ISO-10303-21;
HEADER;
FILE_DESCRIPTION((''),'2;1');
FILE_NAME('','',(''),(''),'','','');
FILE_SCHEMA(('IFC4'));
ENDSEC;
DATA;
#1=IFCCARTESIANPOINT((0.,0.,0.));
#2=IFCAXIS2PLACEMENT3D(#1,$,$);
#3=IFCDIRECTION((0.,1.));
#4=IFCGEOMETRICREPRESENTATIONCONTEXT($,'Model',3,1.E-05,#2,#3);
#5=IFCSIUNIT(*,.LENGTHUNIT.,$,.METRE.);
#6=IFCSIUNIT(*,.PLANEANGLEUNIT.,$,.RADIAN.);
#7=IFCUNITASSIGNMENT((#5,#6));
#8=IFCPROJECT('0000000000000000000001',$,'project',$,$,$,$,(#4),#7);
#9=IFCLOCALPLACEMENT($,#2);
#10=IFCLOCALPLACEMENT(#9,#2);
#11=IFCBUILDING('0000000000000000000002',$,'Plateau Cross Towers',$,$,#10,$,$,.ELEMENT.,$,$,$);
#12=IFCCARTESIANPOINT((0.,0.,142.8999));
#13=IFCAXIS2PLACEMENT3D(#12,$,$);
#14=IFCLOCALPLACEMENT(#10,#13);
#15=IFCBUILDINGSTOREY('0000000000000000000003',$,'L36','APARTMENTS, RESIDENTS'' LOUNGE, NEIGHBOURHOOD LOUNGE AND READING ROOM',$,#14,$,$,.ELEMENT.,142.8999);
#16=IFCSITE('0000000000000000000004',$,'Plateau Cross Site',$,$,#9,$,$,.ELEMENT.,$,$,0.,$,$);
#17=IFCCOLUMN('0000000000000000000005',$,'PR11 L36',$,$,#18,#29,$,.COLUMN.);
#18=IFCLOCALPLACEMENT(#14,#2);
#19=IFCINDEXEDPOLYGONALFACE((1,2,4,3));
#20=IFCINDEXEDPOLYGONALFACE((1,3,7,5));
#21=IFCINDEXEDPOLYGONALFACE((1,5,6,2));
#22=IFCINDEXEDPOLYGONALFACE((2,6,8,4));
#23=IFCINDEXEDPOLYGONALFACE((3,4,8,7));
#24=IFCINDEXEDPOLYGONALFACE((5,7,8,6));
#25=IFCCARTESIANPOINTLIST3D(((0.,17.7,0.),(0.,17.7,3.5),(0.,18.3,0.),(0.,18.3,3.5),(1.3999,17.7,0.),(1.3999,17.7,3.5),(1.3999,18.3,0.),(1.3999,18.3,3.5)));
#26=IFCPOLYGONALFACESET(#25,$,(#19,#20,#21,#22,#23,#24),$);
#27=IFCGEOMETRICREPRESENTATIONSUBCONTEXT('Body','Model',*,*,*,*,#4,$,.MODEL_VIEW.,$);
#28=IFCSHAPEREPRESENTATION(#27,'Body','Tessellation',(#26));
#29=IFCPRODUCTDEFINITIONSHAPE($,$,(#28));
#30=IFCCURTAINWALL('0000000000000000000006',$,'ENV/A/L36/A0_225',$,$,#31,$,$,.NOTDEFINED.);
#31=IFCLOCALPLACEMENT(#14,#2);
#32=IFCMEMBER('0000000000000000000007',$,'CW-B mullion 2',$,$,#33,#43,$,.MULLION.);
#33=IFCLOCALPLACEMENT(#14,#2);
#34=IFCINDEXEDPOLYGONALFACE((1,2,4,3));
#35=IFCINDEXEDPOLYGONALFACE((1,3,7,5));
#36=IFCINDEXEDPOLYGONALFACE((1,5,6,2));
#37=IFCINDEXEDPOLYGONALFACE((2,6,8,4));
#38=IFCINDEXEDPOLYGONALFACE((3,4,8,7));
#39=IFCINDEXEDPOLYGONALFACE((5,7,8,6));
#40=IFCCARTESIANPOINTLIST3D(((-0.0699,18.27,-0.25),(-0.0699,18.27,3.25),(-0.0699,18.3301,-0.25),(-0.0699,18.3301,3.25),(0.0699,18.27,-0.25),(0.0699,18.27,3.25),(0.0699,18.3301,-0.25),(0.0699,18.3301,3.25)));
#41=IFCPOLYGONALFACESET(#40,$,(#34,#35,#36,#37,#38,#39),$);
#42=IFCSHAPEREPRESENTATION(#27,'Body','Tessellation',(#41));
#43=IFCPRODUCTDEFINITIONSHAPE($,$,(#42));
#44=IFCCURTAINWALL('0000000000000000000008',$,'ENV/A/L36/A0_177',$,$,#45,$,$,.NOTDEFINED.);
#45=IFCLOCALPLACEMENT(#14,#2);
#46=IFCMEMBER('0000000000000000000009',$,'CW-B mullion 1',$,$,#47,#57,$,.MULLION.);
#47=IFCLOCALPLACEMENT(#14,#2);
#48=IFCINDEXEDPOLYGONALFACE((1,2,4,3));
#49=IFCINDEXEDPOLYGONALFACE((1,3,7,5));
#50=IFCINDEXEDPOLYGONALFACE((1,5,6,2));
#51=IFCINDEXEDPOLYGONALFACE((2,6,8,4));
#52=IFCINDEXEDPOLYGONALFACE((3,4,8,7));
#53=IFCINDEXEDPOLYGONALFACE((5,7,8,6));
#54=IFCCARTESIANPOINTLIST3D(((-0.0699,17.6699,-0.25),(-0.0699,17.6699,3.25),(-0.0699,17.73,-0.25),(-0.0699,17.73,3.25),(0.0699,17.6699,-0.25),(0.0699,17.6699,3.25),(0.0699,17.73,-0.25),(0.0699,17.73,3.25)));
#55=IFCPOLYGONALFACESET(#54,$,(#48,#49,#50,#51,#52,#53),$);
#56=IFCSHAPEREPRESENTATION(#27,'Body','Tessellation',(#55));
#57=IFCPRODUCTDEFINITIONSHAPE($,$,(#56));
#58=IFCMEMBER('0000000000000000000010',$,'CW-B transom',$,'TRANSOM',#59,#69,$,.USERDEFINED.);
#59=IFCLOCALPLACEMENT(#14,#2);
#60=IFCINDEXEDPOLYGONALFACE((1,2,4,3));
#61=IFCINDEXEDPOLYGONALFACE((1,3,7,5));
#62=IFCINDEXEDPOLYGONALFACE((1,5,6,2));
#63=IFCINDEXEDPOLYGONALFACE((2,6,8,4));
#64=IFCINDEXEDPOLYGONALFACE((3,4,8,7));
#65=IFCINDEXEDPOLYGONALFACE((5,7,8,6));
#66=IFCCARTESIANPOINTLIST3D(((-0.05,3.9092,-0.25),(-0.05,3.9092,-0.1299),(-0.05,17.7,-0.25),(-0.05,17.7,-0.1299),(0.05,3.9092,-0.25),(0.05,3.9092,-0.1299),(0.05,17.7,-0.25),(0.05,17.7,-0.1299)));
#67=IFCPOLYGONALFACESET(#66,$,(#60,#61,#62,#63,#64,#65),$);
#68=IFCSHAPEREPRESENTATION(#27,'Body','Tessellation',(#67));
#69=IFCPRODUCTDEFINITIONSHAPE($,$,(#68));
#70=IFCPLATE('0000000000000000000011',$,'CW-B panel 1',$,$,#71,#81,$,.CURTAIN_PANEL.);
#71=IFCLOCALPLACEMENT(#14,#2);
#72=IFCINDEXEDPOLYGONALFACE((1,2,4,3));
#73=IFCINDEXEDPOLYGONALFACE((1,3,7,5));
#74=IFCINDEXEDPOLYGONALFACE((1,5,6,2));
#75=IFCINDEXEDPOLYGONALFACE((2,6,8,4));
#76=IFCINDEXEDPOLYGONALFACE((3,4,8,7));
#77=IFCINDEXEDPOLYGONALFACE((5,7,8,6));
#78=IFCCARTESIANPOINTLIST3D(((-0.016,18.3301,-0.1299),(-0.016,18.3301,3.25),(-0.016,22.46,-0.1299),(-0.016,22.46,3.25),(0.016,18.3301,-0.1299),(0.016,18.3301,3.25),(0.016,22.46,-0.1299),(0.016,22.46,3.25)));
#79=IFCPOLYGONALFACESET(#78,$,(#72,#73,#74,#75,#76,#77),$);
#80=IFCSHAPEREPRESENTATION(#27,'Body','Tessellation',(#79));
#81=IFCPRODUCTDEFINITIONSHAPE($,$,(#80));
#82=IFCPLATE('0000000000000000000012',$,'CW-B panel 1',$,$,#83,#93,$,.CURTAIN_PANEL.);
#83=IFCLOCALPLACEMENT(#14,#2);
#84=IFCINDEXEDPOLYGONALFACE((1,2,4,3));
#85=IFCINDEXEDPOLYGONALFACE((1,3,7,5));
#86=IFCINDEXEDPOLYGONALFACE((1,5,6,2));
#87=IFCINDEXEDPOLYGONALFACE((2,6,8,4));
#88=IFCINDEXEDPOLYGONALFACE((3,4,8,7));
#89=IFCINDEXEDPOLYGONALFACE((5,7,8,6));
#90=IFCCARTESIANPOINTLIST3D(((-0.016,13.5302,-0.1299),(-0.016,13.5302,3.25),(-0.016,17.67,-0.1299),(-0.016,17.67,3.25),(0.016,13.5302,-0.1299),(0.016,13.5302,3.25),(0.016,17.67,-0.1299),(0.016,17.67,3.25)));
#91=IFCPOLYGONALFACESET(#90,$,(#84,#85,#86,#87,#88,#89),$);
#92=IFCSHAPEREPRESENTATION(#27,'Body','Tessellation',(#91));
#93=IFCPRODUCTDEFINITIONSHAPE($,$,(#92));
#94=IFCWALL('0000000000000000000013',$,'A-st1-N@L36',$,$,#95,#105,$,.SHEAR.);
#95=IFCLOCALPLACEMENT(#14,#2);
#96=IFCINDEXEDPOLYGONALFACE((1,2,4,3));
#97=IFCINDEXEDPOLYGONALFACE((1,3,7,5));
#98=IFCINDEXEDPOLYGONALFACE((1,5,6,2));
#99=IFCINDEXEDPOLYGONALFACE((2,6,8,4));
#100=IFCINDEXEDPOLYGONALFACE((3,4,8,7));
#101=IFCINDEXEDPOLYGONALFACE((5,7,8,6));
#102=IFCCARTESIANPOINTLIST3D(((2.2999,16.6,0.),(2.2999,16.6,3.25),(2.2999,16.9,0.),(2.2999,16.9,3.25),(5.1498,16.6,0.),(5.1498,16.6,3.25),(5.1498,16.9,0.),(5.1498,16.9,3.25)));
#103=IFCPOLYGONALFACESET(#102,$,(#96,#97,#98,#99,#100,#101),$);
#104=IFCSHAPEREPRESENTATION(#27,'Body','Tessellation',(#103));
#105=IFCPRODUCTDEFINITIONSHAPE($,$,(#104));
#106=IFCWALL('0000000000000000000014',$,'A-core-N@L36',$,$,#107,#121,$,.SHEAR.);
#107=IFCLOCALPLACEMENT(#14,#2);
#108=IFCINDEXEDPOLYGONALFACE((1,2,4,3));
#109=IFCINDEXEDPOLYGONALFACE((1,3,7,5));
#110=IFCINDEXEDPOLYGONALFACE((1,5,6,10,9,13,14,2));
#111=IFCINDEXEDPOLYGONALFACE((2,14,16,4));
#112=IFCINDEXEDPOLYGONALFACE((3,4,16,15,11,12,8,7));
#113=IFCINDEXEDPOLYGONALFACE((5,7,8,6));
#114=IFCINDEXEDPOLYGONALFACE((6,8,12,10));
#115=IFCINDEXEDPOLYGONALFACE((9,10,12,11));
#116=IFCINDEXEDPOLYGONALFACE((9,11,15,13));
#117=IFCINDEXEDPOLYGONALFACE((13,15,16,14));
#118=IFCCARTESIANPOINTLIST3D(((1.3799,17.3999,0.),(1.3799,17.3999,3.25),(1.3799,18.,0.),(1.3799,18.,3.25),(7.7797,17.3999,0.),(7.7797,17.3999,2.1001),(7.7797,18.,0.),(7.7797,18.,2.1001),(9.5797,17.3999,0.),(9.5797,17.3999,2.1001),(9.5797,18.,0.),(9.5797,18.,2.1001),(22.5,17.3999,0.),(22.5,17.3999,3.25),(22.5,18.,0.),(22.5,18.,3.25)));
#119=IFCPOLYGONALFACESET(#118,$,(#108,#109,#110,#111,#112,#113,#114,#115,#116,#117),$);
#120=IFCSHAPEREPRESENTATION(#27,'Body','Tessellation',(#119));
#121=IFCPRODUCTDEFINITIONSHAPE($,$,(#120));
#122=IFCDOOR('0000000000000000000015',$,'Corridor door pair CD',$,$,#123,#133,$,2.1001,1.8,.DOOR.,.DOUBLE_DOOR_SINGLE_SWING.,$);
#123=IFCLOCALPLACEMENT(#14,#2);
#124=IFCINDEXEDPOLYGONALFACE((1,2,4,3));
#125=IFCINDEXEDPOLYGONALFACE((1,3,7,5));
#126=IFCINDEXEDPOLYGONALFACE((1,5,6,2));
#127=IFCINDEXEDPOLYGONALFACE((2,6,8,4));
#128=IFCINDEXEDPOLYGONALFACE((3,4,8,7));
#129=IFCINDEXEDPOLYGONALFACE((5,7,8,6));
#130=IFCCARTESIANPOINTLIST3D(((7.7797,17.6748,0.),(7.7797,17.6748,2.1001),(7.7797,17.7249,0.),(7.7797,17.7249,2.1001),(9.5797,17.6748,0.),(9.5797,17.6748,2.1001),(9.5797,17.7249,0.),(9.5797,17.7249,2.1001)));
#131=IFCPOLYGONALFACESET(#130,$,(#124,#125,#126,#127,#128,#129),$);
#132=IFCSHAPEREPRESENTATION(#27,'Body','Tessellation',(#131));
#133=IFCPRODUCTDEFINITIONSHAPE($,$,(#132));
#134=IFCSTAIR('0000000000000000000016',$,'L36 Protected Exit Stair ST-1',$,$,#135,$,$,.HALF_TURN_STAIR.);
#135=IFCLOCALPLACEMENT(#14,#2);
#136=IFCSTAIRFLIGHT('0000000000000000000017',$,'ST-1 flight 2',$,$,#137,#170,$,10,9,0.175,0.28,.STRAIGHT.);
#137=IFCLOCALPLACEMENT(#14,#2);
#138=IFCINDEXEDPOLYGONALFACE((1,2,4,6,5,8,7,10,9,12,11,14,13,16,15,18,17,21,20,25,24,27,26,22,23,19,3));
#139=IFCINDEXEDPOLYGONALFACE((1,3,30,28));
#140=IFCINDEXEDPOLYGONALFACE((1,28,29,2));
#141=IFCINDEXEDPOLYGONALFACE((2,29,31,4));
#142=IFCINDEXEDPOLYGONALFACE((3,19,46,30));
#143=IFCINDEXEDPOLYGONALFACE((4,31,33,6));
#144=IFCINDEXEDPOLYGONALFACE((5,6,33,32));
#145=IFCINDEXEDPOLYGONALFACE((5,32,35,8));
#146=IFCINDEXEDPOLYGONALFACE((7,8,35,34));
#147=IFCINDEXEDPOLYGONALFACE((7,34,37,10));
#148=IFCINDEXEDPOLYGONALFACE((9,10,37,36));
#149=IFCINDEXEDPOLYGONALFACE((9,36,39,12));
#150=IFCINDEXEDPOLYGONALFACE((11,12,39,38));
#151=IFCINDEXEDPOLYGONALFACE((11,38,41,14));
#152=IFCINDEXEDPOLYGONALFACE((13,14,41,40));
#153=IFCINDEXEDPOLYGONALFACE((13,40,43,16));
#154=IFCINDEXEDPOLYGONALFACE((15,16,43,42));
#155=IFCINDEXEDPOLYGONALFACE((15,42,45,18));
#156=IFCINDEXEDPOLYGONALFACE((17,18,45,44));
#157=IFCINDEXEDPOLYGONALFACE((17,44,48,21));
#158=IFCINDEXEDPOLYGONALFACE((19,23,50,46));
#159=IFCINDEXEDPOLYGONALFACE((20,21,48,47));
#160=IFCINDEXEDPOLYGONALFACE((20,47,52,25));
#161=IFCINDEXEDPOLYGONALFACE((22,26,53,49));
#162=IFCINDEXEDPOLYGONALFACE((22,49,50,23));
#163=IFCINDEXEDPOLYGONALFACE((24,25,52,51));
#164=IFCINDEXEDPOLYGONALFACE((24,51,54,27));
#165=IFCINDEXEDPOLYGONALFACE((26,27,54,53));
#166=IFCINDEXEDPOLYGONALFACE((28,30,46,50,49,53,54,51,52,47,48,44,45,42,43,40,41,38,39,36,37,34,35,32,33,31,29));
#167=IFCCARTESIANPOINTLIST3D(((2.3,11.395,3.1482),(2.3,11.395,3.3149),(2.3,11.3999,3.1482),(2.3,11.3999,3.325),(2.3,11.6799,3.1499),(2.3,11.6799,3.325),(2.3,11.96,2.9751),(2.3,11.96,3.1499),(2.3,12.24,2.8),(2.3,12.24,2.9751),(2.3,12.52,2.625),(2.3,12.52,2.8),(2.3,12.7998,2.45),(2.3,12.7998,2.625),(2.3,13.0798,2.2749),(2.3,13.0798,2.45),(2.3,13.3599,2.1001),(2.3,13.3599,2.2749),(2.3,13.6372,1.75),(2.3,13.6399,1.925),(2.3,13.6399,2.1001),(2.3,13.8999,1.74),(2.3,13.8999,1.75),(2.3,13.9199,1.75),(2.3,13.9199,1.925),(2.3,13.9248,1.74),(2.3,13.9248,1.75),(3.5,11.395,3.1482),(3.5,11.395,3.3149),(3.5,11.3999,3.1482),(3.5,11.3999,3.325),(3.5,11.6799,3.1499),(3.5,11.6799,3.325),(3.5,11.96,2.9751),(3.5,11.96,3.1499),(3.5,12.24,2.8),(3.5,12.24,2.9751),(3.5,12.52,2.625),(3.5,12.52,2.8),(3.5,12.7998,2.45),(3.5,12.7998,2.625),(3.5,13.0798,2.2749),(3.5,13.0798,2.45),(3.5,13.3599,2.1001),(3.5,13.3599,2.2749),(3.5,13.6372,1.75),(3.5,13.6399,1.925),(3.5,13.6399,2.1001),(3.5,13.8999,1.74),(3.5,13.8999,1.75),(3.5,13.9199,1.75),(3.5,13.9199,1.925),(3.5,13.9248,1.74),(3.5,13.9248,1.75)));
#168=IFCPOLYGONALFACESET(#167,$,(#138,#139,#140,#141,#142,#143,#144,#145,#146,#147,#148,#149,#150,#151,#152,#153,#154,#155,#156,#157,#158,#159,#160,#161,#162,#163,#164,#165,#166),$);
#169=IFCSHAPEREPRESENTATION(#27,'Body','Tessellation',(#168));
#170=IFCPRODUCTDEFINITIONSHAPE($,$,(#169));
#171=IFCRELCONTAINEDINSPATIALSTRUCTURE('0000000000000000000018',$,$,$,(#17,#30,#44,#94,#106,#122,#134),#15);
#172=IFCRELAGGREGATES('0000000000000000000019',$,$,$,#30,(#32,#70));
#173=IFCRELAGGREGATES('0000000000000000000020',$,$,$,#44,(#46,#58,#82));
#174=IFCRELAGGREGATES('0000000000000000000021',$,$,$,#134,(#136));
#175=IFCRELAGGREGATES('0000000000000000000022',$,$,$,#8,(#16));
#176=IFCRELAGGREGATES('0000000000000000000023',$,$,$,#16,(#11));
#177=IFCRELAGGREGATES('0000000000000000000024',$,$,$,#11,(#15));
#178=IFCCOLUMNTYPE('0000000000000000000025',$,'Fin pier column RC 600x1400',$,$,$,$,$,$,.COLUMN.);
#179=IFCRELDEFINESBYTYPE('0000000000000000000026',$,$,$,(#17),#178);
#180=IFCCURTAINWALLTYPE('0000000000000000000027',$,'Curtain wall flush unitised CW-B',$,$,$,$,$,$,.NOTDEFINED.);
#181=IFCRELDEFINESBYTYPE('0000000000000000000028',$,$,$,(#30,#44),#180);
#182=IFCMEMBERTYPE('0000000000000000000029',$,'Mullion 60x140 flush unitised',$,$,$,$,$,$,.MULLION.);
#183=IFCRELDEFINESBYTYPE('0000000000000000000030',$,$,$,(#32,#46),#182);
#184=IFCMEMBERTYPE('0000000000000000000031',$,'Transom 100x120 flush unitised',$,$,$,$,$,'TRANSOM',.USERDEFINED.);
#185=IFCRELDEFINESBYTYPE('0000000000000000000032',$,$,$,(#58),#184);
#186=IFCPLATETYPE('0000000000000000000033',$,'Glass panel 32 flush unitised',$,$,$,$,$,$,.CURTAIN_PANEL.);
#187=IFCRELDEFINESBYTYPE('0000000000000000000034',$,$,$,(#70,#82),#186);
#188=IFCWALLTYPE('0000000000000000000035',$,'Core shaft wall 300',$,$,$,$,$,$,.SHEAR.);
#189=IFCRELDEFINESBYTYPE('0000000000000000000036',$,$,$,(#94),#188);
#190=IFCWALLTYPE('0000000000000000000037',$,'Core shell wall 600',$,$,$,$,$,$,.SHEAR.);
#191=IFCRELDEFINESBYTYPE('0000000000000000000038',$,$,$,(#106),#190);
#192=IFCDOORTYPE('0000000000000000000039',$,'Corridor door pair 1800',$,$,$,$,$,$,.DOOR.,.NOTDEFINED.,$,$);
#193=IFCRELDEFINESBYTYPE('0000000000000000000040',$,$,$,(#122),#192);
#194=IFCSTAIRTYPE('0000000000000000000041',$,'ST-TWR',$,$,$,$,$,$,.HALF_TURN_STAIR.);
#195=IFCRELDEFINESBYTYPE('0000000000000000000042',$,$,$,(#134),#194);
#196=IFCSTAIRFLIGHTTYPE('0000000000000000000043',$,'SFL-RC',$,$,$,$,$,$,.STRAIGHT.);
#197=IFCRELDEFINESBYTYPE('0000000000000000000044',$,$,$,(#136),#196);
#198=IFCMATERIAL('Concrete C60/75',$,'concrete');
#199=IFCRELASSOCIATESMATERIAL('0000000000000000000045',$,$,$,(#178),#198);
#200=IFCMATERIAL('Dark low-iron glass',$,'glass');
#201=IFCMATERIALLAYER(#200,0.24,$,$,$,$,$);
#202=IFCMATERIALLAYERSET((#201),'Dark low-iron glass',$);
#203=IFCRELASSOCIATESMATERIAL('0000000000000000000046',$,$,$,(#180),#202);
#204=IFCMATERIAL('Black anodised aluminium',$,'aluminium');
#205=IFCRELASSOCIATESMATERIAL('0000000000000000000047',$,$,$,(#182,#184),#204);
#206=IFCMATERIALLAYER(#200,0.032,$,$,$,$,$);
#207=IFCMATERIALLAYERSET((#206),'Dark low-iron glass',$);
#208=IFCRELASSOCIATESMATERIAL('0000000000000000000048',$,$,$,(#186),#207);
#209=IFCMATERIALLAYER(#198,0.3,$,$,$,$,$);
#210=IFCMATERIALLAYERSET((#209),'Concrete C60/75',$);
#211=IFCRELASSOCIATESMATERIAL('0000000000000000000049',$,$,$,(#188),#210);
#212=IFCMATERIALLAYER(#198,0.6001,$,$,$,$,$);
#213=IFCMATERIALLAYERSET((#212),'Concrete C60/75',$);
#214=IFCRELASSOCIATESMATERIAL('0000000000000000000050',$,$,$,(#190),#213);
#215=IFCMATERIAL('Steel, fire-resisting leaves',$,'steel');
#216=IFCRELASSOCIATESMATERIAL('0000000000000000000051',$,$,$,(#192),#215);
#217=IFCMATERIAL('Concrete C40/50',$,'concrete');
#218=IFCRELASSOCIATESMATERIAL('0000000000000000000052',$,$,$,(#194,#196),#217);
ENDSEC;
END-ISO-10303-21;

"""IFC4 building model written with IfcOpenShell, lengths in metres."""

from ifc_helpers import new_model, si_unit, direction, frame, frame_2d, origin, origin_2d, place, context, subcontext, project, spatial, polyline, rectangle, outline, extrude, material, layer, layer_set, material_profile, profile_set, type_object, element, fill, aggregate, save


model = new_model("IFC4")

# Units and contexts
model_context = context("Model", 3, precision=1e-05, world=origin(), true_north=direction((0.0, 1.0)))
body_context = subcontext(model_context, "Body", "Model", "MODEL_VIEW")
ifc_project = project(units=[si_unit("LENGTHUNIT", "METRE"), si_unit("PLANEANGLEUNIT", "RADIAN")], contexts=[model_context])

# Site, building, storey
site_placement = place(None, origin())
site = spatial("IfcSite", under=ifc_project, at=site_placement, Name="Plateau Cross Site", CompositionType="ELEMENT", RefElevation=0.0)
building_placement = place(site_placement, origin())
building = spatial("IfcBuilding", under=site, at=building_placement, Name="Plateau Cross Towers", CompositionType="ELEMENT")
storey_placement = place(building_placement, frame((0.0, 0.0, 142.8999)))
storey = spatial("IfcBuildingStorey", under=building, at=storey_placement, Name="L36", Description="APARTMENTS, RESIDENTS' LOUNGE, NEIGHBOURHOOD LOUNGE AND READING ROOM", CompositionType="ELEMENT", Elevation=142.8999)

# Column
ifc_material_1 = material(Name="Concrete C60/75", Category="concrete")
ifc_material_profile_1 = material_profile(ifc_material_1, rectangle(XDim=0.6001, YDim=1.3999, at=origin_2d()), Name="RC 600x1400")
ifc_profile_set_1 = profile_set([ifc_material_profile_1], Name="Concrete C60/75")
column_type = type_object("IfcColumnType", Name="Fin pier column RC 600x1400", PredefinedType="COLUMN", material=ifc_profile_set_1)
column_placement = place(storey_placement, frame((0.7, 18.0, 0.0), z_axis=(0.0, 0.0, 1.0), x_axis=(0.0, 1.0, 0.0)))
element("IfcColumn", 1, at=column_placement, inside=storey, type_object=column_type, Name="PR11 L36", PredefinedType="COLUMN", context=body_context, shape_type="SweptSolid", body=[
    extrude(rectangle(XDim=0.6001, YDim=1.3999, at=origin_2d()), origin(), (0.0, 0.0, 1.0), 3.5),
])

# Curtain wall, member
ifc_material_2 = material(Name="Dark low-iron glass", Category="glass")
ifc_layer_1 = layer(ifc_material_2, 0.24)
ifc_layer_set_1 = layer_set([ifc_layer_1], Name="Dark low-iron glass")
curtain_wall_type = type_object("IfcCurtainWallType", Name="Curtain wall flush unitised CW-B", PredefinedType="NOTDEFINED", material=ifc_layer_set_1)
curtain_wall_1_placement = place(storey_placement, origin())
curtain_wall_1 = element("IfcCurtainWall", 2, at=curtain_wall_1_placement, inside=storey, type_object=curtain_wall_type, Name="ENV/A/L36/A0_225", PredefinedType="NOTDEFINED")
ifc_material_3 = material(Name="Black anodised aluminium", Category="aluminium")
ifc_material_profile_2 = material_profile(ifc_material_3, rectangle(XDim=0.0601, YDim=0.1399, at=origin_2d()), Name="MULLION 60x140")
ifc_profile_set_2 = profile_set([ifc_material_profile_2], Name="Black anodised aluminium")
member_type_1 = type_object("IfcMemberType", Name="Mullion 60x140 flush unitised", PredefinedType="MULLION", material=ifc_profile_set_2)
member_1_placement = place(storey_placement, frame((0.0, 18.3, -0.25), z_axis=(0.0, 0.0, 1.0), x_axis=(0.0, -1.0, 0.0)))
member_1 = element("IfcMember", 3, at=member_1_placement, type_object=member_type_1, Name="CW-B mullion 2", PredefinedType="MULLION", context=body_context, shape_type="SweptSolid", body=[
    extrude(rectangle(XDim=0.0601, YDim=0.1399, at=origin_2d()), origin(), (0.0, 0.0, 1.0), 3.5),
])

# Curtain wall, members
curtain_wall_2_placement = place(storey_placement, origin())
curtain_wall_2 = element("IfcCurtainWall", 4, at=curtain_wall_2_placement, inside=storey, type_object=curtain_wall_type, Name="ENV/A/L36/A0_177", PredefinedType="NOTDEFINED")
member_2_placement = place(storey_placement, frame((0.0, 17.7, -0.25), z_axis=(0.0, 0.0, 1.0), x_axis=(0.0, -1.0, 0.0)))
member_2 = element("IfcMember", 5, at=member_2_placement, type_object=member_type_1, Name="CW-B mullion 1", PredefinedType="MULLION", context=body_context, shape_type="SweptSolid", body=[
    extrude(rectangle(XDim=0.0601, YDim=0.1399, at=origin_2d()), origin(), (0.0, 0.0, 1.0), 3.5),
])
ifc_material_profile_3 = material_profile(ifc_material_3, rectangle(XDim=0.1001, YDim=0.1201, at=origin_2d()), Name="TRANSOM 100x120")
ifc_profile_set_3 = profile_set([ifc_material_profile_3], Name="Black anodised aluminium")
member_type_2 = type_object("IfcMemberType", Name="Transom 100x120 flush unitised", ElementType="TRANSOM", PredefinedType="USERDEFINED", material=ifc_profile_set_3)
member_3_placement = place(storey_placement, frame((0.0, 17.7, -0.1899), z_axis=(0.0, -1.0, 0.0), x_axis=(1.0, 0.0, 0.0)))
member_3 = element("IfcMember", 6, at=member_3_placement, type_object=member_type_2, Name="CW-B transom", ObjectType="TRANSOM", PredefinedType="USERDEFINED", context=body_context, shape_type="SweptSolid", body=[
    extrude(rectangle(XDim=0.1001, YDim=0.1201, at=origin_2d()), origin(), (0.0, 0.0, 1.0), 13.7908),
])

# Plates
ifc_layer_2 = layer(ifc_material_2, 0.032)
ifc_layer_set_2 = layer_set([ifc_layer_2], Name="Dark low-iron glass")
plate_type = type_object("IfcPlateType", Name="Glass panel 32 flush unitised", PredefinedType="CURTAIN_PANEL", material=ifc_layer_set_2)
plate_1_placement = place(storey_placement, frame((0.0, 20.395, -0.1299), z_axis=(0.0, 0.0, 1.0), x_axis=(0.0, -1.0, 0.0)))
plate_1 = element("IfcPlate", 7, at=plate_1_placement, type_object=plate_type, Name="CW-B panel 1", PredefinedType="CURTAIN_PANEL", context=body_context, shape_type="SweptSolid", body=[
    extrude(rectangle(XDim=4.1299, YDim=0.032, at=origin_2d()), origin(), (0.0, 0.0, 1.0), 3.3799),
])
aggregate(curtain_wall_1, [member_1, plate_1])
plate_2_placement = place(storey_placement, frame((0.0, 15.6001, -0.1299), z_axis=(0.0, 0.0, 1.0), x_axis=(0.0, -1.0, 0.0)))
plate_2 = element("IfcPlate", 8, at=plate_2_placement, type_object=plate_type, Name="CW-B panel 1", PredefinedType="CURTAIN_PANEL", context=body_context, shape_type="SweptSolid", body=[
    extrude(rectangle(XDim=4.1399, YDim=0.032, at=origin_2d()), origin(), (0.0, 0.0, 1.0), 3.3799),
])
aggregate(curtain_wall_2, [member_2, member_3, plate_2])

# Wall
ifc_layer_3 = layer(ifc_material_1, 0.3)
ifc_layer_set_3 = layer_set([ifc_layer_3], Name="Concrete C60/75")
wall_type_1 = type_object("IfcWallType", Name="Core shaft wall 300", PredefinedType="SHEAR", material=ifc_layer_set_3)
wall_1_placement = place(storey_placement, frame((2.3, 16.75, 0.0), z_axis=(0.0, 0.0, 1.0), x_axis=(1.0, 0.0, 0.0)))
element("IfcWall", 9, at=wall_1_placement, inside=storey, type_object=wall_type_1, Name="A-st1-N@L36", PredefinedType="SHEAR", context=body_context, shape_type="SweptSolid", body=[
    extrude(rectangle(XDim=2.8499, YDim=0.3, at=frame_2d((1.4248, 0.0))), origin(), (0.0, 0.0, 1.0), 3.25),
])

# Wall, opening, door
ifc_layer_4 = layer(ifc_material_1, 0.6001)
ifc_layer_set_4 = layer_set([ifc_layer_4], Name="Concrete C60/75")
wall_type_2 = type_object("IfcWallType", Name="Core shell wall 600", PredefinedType="SHEAR", material=ifc_layer_set_4)
wall_2_placement = place(storey_placement, frame((1.3799, 17.7, 0.0), z_axis=(0.0, 0.0, 1.0), x_axis=(1.0, 0.0, 0.0)))
wall_2 = element("IfcWall", 10, at=wall_2_placement, inside=storey, type_object=wall_type_2, Name="A-core-N@L36", PredefinedType="SHEAR", context=body_context, shape_type="SweptSolid", body=[
    extrude(rectangle(XDim=21.1201, YDim=0.6001, at=frame_2d((10.5601, 0.0))), origin(), (0.0, 0.0, 1.0), 3.25),
])
opening_placement = place(wall_2_placement, frame((6.3999, 0.0, 0.0)))
opening = element("IfcOpeningElement", 11, at=opening_placement, cuts=wall_2, PredefinedType="OPENING", context=body_context, shape_type="SweptSolid", body=[
    extrude(rectangle(XDim=1.8, YDim=2.1001, at=frame_2d((0.8999, 1.05))), frame((0.0, 0.3101, 0.0), z_axis=(0.0, -1.0, 0.0), x_axis=(1.0, 0.0, 0.0)), (0.0, 0.0, 1.0), 0.6201),
])
ifc_material_4 = material(Name="Steel, fire-resisting leaves", Category="steel")
door_type = type_object("IfcDoorType", Name="Corridor door pair 1800", OperationType="NOTDEFINED", PredefinedType="DOOR", material=ifc_material_4)
door_placement = place(opening_placement, origin())
door = element("IfcDoor", 12, at=door_placement, inside=storey, type_object=door_type, Name="Corridor door pair CD", OperationType="DOUBLE_DOOR_SINGLE_SWING", OverallHeight=2.1001, OverallWidth=1.8, PredefinedType="DOOR", context=body_context, shape_type="SweptSolid", body=[
    extrude(rectangle(XDim=1.8, YDim=2.1001, at=frame_2d((0.8999, 1.05))), frame((0.0, 0.0249, 0.0), z_axis=(0.0, -1.0, 0.0), x_axis=(1.0, 0.0, 0.0)), (0.0, 0.0, 1.0), 0.05),
])
fill(opening, door)

# Stair, stair flight
ifc_material_5 = material(Name="Concrete C40/50", Category="concrete")
stair_type = type_object("IfcStairType", Name="ST-TWR", PredefinedType="HALF_TURN_STAIR", material=ifc_material_5)
stair_placement = place(storey_placement, origin())
stair = element("IfcStair", 13, at=stair_placement, inside=storey, type_object=stair_type, Name="L36 Protected Exit Stair ST-1", PredefinedType="HALF_TURN_STAIR")
stair_flight_type = type_object("IfcStairFlightType", Name="SFL-RC", PredefinedType="STRAIGHT", material=ifc_material_5)
stair_flight_placement = place(storey_placement, frame((2.8999, 13.9199, 1.75), z_axis=(0.0, 0.0, 1.0), x_axis=(0.0, -1.0, 0.0)))
stair_flight = element("IfcStairFlight", 14, at=stair_flight_placement, type_object=stair_flight_type, Name="ST-1 flight 2", NumberOfRisers=10, NumberOfTreads=9, PredefinedType="STRAIGHT", RiserHeight=0.175, TreadLength=0.28, context=body_context, shape_type="SweptSolid", body=[
    extrude(outline(polyline([(-0.0049, -0.01), (-0.0049, 0.0), (0.0, 0.0), (0.0, 0.175), (0.28, 0.175), (0.28, 0.3501), (0.5601, 0.3501), (0.5601, 0.5249), (0.8401, 0.5249), (0.8401, 0.7), (1.1201, 0.7), (1.1201, 0.875), (1.3999, 0.875), (1.3999, 1.05), (1.6799, 1.05), (1.6799, 1.2251), (1.96, 1.2251), (1.96, 1.3999), (2.24, 1.3999), (2.24, 1.575), (2.52, 1.575), (2.5249, 1.5649), (2.5249, 1.3982), (2.52, 1.3982), (0.2827, 0.0), (0.02, 0.0), (0.02, -0.01), (-0.0049, -0.01)])), frame((0.0, 0.6001, 0.0), z_axis=(0.0, -1.0, 0.0), x_axis=(1.0, 0.0, 0.0)), (0.0, 0.0, 1.0), 1.2),
])
aggregate(stair, [stair_flight])

save(model, "model.ifc")
